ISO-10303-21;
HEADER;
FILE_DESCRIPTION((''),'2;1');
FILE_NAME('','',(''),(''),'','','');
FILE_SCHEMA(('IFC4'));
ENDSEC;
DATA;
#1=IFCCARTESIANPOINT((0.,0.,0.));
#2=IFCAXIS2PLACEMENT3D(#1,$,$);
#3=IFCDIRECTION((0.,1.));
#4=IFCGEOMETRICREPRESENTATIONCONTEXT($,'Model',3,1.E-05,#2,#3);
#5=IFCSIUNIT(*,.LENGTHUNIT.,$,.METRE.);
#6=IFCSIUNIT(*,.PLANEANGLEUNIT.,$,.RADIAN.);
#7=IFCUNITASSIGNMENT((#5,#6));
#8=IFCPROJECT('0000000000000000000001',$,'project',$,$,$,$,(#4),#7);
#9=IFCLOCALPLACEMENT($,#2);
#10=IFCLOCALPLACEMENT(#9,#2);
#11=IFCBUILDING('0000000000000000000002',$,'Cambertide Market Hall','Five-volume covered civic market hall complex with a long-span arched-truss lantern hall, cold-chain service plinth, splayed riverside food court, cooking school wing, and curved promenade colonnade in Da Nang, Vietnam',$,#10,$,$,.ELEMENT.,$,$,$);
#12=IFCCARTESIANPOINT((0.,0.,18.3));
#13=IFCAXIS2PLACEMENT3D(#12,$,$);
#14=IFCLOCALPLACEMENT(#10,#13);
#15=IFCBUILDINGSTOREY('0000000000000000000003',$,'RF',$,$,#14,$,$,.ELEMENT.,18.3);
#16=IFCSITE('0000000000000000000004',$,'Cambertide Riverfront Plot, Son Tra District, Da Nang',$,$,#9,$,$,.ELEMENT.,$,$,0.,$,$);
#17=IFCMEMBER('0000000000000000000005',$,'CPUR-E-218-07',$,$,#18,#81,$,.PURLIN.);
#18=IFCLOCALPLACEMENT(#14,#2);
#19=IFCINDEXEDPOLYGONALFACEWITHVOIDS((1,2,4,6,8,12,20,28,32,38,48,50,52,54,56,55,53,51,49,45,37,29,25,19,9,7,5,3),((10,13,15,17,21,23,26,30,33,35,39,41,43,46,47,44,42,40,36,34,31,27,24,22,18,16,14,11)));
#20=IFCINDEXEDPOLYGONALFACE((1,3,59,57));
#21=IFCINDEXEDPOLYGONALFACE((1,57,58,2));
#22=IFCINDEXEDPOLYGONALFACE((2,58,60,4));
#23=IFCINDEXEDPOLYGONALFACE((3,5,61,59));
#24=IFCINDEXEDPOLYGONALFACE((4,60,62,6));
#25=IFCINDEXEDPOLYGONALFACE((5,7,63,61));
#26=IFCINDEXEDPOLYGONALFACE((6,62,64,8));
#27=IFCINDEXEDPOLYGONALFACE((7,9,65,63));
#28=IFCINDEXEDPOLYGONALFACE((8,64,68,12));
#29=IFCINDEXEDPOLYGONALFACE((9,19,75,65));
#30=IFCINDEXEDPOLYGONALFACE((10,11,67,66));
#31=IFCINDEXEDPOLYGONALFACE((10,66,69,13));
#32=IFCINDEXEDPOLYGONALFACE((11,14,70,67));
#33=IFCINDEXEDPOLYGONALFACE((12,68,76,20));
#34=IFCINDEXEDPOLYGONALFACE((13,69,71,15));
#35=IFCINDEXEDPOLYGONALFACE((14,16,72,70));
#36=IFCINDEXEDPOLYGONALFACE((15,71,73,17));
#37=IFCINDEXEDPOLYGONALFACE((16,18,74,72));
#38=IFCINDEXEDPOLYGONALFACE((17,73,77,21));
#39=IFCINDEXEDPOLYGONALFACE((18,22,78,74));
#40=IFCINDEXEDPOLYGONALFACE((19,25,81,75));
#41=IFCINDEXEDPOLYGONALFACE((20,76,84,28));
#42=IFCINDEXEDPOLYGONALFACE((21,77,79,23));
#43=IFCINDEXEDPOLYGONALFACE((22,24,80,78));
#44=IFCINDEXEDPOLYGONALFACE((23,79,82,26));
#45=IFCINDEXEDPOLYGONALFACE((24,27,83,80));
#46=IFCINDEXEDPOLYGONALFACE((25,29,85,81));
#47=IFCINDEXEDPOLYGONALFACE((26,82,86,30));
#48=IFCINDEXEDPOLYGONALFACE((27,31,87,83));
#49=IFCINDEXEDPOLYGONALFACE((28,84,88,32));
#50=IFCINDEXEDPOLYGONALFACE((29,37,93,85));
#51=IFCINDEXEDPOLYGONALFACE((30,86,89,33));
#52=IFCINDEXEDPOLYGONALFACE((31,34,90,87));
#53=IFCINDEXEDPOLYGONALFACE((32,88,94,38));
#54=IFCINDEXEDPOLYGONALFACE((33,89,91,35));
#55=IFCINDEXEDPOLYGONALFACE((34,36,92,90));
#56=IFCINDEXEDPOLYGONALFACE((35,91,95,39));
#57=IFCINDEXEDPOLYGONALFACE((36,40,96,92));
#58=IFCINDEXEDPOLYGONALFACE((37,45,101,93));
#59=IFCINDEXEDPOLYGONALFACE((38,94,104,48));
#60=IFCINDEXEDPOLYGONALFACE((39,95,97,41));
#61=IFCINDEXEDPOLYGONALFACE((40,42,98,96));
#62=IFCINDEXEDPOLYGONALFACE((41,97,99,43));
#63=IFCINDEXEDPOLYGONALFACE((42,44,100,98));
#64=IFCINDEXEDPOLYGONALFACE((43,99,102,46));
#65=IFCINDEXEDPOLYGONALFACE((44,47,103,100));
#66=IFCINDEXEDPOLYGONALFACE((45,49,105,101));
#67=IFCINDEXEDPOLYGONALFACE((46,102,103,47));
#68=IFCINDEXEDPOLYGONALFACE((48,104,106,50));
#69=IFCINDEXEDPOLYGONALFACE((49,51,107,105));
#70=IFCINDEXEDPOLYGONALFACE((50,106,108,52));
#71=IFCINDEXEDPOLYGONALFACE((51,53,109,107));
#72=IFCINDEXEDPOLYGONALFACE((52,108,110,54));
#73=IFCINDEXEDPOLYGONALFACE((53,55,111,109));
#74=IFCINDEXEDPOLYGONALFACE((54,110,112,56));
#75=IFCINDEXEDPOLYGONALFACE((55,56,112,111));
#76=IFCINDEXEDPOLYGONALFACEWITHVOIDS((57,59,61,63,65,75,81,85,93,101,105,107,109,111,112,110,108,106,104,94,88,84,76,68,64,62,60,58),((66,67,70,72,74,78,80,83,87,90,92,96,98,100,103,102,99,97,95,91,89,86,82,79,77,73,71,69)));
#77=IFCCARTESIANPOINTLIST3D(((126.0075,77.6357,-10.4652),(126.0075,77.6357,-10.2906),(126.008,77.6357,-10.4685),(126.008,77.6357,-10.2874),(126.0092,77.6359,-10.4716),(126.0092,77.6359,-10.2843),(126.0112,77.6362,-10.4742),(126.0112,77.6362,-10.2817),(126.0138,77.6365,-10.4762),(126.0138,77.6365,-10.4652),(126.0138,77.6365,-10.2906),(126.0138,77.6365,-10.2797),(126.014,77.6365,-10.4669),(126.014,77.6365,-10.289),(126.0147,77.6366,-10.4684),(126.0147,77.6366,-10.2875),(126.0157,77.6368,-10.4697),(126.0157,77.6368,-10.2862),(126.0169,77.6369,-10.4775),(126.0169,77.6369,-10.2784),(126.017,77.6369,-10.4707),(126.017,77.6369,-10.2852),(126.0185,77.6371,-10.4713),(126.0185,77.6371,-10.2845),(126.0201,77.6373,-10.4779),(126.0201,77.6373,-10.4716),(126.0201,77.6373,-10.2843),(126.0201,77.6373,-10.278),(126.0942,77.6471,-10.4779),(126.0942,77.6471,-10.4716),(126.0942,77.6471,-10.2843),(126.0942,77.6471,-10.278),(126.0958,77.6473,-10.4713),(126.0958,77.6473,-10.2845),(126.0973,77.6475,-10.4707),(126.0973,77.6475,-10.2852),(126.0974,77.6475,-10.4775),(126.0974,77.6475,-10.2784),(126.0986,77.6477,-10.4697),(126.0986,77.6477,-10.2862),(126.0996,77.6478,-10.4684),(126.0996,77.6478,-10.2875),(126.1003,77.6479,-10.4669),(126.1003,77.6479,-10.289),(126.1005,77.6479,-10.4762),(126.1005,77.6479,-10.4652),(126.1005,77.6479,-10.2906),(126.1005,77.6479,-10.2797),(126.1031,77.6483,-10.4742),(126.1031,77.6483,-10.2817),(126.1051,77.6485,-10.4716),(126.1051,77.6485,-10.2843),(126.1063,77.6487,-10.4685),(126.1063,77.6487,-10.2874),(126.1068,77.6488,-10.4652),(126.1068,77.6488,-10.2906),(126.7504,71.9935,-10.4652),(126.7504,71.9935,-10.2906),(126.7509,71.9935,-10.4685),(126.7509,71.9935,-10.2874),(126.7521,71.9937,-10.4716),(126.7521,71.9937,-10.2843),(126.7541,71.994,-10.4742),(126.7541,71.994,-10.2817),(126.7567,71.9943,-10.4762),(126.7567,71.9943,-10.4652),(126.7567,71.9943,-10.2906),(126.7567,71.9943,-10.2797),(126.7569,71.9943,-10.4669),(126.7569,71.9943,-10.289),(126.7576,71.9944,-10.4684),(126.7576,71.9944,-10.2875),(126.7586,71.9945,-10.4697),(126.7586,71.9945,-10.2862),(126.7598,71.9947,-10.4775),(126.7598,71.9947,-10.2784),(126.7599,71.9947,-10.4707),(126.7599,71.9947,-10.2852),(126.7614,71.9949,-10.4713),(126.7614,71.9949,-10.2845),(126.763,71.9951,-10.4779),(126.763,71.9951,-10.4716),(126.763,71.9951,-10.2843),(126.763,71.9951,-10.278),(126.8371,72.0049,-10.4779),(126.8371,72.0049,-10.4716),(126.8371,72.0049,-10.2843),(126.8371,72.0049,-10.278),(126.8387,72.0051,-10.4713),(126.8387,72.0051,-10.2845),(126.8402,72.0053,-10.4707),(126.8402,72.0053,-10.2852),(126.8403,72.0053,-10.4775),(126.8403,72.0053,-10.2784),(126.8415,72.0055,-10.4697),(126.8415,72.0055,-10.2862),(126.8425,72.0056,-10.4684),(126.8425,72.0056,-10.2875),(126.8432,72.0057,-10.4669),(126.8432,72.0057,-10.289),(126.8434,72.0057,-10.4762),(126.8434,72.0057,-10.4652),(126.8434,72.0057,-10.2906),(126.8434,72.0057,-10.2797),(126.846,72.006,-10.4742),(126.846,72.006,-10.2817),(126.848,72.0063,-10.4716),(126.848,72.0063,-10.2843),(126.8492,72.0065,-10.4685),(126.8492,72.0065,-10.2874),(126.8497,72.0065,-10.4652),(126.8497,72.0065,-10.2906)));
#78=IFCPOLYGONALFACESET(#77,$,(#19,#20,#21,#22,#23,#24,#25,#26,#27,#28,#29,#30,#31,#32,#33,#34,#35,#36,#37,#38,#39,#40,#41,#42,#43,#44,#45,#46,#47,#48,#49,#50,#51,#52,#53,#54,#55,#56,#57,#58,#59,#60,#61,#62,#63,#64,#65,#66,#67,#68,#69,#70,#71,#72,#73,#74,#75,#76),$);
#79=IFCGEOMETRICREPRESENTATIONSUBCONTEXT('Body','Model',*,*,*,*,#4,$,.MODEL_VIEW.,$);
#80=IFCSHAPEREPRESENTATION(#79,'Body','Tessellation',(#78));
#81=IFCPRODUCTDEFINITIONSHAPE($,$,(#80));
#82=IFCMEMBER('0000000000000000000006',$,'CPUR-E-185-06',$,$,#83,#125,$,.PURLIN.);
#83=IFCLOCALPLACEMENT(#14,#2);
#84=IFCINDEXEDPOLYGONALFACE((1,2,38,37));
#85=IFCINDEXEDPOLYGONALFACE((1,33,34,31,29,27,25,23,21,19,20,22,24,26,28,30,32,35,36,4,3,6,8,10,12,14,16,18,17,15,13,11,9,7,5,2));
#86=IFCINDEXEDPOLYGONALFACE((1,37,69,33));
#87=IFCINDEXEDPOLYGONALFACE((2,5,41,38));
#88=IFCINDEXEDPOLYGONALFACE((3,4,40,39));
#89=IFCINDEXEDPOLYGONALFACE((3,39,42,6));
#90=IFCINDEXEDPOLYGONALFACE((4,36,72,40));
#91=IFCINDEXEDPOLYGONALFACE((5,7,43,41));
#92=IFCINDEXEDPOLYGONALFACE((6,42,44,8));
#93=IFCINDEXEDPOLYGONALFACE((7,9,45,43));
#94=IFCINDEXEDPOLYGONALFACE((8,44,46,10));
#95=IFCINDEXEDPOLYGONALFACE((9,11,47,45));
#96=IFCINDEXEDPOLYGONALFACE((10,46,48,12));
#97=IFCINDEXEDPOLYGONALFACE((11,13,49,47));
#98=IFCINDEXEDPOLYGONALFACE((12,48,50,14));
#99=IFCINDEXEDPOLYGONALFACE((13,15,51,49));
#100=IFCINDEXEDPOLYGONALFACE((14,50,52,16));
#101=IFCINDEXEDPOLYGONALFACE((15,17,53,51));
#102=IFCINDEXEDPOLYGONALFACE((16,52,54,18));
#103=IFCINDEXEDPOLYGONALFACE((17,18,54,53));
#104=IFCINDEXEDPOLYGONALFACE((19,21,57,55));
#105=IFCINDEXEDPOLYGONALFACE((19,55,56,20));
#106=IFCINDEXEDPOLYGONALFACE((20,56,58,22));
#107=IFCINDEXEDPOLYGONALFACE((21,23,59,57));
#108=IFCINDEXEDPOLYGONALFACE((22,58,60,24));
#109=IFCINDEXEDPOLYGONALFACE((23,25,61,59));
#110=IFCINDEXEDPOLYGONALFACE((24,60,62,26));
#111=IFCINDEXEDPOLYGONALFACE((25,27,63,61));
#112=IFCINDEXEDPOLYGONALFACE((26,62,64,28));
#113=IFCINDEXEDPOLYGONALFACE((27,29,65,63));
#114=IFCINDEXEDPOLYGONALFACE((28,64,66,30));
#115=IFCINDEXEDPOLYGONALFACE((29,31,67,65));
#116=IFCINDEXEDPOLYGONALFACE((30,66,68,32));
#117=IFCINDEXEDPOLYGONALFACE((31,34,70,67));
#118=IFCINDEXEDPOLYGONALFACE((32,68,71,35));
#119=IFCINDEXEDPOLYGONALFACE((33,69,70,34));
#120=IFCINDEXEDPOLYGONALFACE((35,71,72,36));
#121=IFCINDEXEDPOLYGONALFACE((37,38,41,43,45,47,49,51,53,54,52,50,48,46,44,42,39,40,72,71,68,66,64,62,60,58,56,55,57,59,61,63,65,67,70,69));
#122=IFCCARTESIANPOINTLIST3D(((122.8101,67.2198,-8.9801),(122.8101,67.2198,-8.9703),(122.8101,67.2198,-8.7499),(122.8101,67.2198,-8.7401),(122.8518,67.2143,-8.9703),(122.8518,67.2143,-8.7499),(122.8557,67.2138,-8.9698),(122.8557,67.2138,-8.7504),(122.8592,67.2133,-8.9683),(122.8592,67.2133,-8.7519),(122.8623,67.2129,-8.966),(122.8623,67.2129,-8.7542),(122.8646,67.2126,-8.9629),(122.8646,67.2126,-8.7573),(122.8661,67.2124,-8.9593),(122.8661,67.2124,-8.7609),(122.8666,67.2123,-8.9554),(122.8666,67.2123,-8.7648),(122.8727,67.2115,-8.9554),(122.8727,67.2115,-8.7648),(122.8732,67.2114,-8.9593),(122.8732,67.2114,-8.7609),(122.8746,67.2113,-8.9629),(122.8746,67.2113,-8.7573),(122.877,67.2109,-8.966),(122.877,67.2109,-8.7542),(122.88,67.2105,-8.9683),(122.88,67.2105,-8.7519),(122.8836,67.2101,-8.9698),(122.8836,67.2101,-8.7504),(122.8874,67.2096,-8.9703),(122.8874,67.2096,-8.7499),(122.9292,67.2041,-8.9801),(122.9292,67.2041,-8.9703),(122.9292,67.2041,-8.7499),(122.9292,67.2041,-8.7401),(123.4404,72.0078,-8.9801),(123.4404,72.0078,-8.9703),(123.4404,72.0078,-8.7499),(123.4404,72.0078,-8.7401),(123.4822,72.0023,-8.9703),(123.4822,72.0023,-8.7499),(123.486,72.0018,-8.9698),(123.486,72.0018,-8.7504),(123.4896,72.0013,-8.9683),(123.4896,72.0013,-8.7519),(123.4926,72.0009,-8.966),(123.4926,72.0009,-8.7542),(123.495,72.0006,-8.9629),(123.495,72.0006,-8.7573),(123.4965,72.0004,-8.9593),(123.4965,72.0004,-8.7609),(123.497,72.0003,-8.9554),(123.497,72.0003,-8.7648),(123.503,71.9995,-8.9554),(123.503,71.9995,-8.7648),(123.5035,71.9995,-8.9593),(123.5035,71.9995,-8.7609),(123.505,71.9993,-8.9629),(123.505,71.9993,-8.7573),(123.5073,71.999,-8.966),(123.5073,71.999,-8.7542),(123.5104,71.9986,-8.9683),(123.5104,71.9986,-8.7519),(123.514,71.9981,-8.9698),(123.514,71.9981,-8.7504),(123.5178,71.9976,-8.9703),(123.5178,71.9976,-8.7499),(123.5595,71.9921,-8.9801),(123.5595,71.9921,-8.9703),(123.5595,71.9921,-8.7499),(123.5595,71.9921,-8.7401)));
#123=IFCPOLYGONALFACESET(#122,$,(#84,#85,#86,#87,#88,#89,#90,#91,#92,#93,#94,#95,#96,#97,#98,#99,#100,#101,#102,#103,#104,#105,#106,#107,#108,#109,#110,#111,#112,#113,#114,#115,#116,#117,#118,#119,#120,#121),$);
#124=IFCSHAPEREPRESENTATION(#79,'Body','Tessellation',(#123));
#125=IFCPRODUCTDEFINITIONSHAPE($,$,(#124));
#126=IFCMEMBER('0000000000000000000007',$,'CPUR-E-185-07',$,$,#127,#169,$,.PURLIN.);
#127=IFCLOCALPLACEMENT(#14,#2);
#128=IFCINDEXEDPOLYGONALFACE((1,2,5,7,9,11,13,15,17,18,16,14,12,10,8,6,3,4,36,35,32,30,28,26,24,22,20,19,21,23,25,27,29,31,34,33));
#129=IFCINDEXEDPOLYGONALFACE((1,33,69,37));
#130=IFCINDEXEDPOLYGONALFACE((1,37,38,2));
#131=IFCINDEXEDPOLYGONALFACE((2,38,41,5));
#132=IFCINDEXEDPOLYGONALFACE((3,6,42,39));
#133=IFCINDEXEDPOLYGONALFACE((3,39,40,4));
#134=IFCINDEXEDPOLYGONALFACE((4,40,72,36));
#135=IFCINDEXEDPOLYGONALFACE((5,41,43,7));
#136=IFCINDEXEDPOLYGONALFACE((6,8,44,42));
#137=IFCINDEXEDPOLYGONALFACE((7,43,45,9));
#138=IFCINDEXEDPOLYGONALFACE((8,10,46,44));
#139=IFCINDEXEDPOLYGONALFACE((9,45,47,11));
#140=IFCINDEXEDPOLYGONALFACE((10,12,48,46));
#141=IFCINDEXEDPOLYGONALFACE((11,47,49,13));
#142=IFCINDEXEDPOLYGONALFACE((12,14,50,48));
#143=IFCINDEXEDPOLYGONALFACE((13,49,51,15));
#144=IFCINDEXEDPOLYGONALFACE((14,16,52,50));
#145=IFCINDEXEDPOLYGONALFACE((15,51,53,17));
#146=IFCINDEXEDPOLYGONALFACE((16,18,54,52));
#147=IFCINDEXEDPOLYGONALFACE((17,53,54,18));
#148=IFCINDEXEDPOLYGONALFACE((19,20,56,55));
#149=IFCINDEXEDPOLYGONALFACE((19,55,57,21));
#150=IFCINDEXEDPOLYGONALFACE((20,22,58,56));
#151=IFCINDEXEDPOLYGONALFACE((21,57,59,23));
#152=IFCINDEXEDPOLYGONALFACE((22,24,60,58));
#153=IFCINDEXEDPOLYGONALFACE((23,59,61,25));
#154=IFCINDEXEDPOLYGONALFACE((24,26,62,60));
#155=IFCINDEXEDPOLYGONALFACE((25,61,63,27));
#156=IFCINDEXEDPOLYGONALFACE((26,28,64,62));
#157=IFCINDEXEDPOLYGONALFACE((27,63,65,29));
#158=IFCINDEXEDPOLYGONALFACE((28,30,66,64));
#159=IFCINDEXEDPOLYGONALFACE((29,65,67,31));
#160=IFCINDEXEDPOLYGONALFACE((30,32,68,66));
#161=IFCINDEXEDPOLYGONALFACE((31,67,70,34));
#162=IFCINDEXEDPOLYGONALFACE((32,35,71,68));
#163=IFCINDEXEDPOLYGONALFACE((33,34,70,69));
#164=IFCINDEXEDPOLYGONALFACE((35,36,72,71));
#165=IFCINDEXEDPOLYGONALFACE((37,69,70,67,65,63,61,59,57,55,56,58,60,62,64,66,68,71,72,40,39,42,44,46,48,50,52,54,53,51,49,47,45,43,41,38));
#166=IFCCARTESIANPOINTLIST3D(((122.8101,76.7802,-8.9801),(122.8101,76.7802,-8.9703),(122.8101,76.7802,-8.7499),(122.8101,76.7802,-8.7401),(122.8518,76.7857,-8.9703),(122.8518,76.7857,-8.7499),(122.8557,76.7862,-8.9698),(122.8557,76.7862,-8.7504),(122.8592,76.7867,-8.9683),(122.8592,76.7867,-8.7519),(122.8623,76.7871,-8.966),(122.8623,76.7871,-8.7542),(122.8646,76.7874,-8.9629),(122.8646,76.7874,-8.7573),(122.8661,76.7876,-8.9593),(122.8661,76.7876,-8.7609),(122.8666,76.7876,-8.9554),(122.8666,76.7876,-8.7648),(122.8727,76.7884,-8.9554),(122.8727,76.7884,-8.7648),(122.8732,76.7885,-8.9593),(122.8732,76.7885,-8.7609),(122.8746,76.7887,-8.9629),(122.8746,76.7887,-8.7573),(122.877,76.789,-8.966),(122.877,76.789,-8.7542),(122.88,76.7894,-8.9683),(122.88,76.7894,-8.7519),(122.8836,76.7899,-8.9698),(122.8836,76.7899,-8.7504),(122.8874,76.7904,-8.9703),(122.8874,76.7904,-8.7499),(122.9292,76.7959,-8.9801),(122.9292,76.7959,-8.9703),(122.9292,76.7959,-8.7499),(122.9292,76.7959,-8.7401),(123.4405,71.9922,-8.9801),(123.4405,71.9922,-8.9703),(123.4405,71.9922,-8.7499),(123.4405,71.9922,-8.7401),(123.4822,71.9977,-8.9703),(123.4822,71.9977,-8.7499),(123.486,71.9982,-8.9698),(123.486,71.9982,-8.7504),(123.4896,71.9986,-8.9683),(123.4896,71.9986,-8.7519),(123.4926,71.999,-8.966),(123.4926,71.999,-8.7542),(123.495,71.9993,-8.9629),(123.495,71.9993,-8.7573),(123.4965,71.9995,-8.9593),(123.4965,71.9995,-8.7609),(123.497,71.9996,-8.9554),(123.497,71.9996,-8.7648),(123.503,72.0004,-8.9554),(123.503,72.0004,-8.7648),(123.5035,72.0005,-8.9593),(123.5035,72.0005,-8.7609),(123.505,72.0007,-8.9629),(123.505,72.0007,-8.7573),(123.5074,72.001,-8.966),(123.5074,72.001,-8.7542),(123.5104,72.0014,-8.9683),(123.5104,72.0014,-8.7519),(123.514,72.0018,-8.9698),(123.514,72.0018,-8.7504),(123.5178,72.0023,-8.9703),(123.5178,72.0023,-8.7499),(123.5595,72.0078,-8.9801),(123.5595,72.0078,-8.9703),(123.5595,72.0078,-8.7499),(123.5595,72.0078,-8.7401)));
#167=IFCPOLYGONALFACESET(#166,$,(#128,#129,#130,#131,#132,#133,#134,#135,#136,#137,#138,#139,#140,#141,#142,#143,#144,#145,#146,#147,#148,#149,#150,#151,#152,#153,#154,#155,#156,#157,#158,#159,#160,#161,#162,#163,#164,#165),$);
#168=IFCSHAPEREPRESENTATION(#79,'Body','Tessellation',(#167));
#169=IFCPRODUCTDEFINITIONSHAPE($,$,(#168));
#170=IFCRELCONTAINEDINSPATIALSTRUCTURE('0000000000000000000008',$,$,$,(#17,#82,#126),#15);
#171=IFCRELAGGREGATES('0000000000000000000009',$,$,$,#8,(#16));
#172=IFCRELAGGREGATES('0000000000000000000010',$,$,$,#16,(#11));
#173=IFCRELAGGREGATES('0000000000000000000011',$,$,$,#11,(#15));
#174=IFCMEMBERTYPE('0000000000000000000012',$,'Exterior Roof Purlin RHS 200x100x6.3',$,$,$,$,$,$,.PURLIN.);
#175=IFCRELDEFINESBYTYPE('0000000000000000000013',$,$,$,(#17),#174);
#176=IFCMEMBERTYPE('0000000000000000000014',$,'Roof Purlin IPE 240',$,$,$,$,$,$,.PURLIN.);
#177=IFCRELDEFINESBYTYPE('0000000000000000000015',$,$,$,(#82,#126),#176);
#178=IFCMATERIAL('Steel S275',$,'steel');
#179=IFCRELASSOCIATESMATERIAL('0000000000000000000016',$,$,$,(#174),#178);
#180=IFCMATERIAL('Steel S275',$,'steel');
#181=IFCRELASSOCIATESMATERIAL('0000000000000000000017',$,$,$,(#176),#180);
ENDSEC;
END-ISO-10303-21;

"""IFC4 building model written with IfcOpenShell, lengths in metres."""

from ifc_helpers import new_model, si_unit, direction, frame, origin, origin_2d, place, context, subcontext, project, spatial, hollow_rectangle, i_section, extrude, material, material_profile, profile_set, type_object, element, save


model = new_model("IFC4")

# Units and contexts
model_context = context("Model", 3, precision=1e-05, world=origin(), true_north=direction((0.0, 1.0)))
body_context = subcontext(model_context, "Body", "Model", "MODEL_VIEW")
ifc_project = project(units=[si_unit("LENGTHUNIT", "METRE"), si_unit("PLANEANGLEUNIT", "RADIAN")], contexts=[model_context])

# Site, building, storey
site_placement = place(None, origin())
site = spatial("IfcSite", under=ifc_project, at=site_placement, Name="Cambertide Riverfront Plot, Son Tra District, Da Nang", CompositionType="ELEMENT", RefElevation=0.0)
building_placement = place(site_placement, origin())
building = spatial("IfcBuilding", under=site, at=building_placement, Name="Cambertide Market Hall", Description="Five-volume covered civic market hall complex with a long-span arched-truss lantern hall, cold-chain service plinth, splayed riverside food court, cooking school wing, and curved promenade colonnade in Da Nang, Vietnam", CompositionType="ELEMENT")
storey_placement = place(building_placement, frame((0.0, 0.0, 18.3)))
storey = spatial("IfcBuildingStorey", under=building, at=storey_placement, Name="RF", CompositionType="ELEMENT", Elevation=18.3)

# Members
ifc_material_1 = material(Name="Steel S275", Category="steel")
ifc_material_profile_1 = material_profile(ifc_material_1, hollow_rectangle(XDim=0.1001, YDim=0.2, WallThickness=0.0063, InnerFilletRadius=0.0063, OuterFilletRadius=0.0127, at=origin_2d()), Name="RHS 200x100x6.3")
ifc_profile_set_1 = profile_set([ifc_material_profile_1], Name="Steel S275")
member_type_1 = type_object("IfcMemberType", Name="Exterior Roof Purlin RHS 200x100x6.3", PredefinedType="PURLIN", material=ifc_profile_set_1)
for number, where, z_axis, x_axis, name in (
    (1, (126.8, 72.0, -10.3779), (-0.130542, 0.991443, 0.0), (-0.991443, -0.130542, 0.0), "CPUR-E-218-07"),
):
    element("IfcMember", number, at=place(storey_placement, frame(where, z_axis=z_axis, x_axis=x_axis)), inside=storey, type_object=member_type_1, Name=name, PredefinedType="PURLIN", context=body_context, shape_type="SweptSolid", body=[
        extrude(hollow_rectangle(XDim=0.1001, YDim=0.2, WallThickness=0.0063, InnerFilletRadius=0.0063, OuterFilletRadius=0.0127, at=origin_2d()), origin(), (0.0, 0.0, 1.0), 5.6909),
    ])
ifc_material_2 = material(Name="Steel S275", Category="steel")
ifc_material_profile_2 = material_profile(ifc_material_2, i_section(OverallWidth=0.1201, OverallDepth=0.24, WebThickness=0.0061, FlangeThickness=0.0098, FilletRadius=0.0149, at=origin_2d()), Name="IPE 240")
ifc_profile_set_2 = profile_set([ifc_material_profile_2], Name="Steel S275")
member_type_2 = type_object("IfcMemberType", Name="Roof Purlin IPE 240", PredefinedType="PURLIN", material=ifc_profile_set_2)
for number, where, z_axis, x_axis, name in (
    (2, (122.8696, 67.2119, -8.8601), (0.130528, 0.991445, 0.0), (-0.991445, 0.130528, 0.0), "CPUR-E-185-06"),
    (3, (123.5, 72.0, -8.8601), (-0.130528, 0.991445, 0.0), (-0.991445, -0.130528, 0.0), "CPUR-E-185-07"),
):
    element("IfcMember", number, at=place(storey_placement, frame(where, z_axis=z_axis, x_axis=x_axis)), inside=storey, type_object=member_type_2, Name=name, PredefinedType="PURLIN", context=body_context, shape_type="SweptSolid", body=[
        extrude(i_section(OverallWidth=0.1201, OverallDepth=0.24, WebThickness=0.0061, FlangeThickness=0.0098, FilletRadius=0.0149, at=origin_2d()), origin(), (0.0, 0.0, 1.0), 4.8293),
    ])

save(model, "model.ifc")
